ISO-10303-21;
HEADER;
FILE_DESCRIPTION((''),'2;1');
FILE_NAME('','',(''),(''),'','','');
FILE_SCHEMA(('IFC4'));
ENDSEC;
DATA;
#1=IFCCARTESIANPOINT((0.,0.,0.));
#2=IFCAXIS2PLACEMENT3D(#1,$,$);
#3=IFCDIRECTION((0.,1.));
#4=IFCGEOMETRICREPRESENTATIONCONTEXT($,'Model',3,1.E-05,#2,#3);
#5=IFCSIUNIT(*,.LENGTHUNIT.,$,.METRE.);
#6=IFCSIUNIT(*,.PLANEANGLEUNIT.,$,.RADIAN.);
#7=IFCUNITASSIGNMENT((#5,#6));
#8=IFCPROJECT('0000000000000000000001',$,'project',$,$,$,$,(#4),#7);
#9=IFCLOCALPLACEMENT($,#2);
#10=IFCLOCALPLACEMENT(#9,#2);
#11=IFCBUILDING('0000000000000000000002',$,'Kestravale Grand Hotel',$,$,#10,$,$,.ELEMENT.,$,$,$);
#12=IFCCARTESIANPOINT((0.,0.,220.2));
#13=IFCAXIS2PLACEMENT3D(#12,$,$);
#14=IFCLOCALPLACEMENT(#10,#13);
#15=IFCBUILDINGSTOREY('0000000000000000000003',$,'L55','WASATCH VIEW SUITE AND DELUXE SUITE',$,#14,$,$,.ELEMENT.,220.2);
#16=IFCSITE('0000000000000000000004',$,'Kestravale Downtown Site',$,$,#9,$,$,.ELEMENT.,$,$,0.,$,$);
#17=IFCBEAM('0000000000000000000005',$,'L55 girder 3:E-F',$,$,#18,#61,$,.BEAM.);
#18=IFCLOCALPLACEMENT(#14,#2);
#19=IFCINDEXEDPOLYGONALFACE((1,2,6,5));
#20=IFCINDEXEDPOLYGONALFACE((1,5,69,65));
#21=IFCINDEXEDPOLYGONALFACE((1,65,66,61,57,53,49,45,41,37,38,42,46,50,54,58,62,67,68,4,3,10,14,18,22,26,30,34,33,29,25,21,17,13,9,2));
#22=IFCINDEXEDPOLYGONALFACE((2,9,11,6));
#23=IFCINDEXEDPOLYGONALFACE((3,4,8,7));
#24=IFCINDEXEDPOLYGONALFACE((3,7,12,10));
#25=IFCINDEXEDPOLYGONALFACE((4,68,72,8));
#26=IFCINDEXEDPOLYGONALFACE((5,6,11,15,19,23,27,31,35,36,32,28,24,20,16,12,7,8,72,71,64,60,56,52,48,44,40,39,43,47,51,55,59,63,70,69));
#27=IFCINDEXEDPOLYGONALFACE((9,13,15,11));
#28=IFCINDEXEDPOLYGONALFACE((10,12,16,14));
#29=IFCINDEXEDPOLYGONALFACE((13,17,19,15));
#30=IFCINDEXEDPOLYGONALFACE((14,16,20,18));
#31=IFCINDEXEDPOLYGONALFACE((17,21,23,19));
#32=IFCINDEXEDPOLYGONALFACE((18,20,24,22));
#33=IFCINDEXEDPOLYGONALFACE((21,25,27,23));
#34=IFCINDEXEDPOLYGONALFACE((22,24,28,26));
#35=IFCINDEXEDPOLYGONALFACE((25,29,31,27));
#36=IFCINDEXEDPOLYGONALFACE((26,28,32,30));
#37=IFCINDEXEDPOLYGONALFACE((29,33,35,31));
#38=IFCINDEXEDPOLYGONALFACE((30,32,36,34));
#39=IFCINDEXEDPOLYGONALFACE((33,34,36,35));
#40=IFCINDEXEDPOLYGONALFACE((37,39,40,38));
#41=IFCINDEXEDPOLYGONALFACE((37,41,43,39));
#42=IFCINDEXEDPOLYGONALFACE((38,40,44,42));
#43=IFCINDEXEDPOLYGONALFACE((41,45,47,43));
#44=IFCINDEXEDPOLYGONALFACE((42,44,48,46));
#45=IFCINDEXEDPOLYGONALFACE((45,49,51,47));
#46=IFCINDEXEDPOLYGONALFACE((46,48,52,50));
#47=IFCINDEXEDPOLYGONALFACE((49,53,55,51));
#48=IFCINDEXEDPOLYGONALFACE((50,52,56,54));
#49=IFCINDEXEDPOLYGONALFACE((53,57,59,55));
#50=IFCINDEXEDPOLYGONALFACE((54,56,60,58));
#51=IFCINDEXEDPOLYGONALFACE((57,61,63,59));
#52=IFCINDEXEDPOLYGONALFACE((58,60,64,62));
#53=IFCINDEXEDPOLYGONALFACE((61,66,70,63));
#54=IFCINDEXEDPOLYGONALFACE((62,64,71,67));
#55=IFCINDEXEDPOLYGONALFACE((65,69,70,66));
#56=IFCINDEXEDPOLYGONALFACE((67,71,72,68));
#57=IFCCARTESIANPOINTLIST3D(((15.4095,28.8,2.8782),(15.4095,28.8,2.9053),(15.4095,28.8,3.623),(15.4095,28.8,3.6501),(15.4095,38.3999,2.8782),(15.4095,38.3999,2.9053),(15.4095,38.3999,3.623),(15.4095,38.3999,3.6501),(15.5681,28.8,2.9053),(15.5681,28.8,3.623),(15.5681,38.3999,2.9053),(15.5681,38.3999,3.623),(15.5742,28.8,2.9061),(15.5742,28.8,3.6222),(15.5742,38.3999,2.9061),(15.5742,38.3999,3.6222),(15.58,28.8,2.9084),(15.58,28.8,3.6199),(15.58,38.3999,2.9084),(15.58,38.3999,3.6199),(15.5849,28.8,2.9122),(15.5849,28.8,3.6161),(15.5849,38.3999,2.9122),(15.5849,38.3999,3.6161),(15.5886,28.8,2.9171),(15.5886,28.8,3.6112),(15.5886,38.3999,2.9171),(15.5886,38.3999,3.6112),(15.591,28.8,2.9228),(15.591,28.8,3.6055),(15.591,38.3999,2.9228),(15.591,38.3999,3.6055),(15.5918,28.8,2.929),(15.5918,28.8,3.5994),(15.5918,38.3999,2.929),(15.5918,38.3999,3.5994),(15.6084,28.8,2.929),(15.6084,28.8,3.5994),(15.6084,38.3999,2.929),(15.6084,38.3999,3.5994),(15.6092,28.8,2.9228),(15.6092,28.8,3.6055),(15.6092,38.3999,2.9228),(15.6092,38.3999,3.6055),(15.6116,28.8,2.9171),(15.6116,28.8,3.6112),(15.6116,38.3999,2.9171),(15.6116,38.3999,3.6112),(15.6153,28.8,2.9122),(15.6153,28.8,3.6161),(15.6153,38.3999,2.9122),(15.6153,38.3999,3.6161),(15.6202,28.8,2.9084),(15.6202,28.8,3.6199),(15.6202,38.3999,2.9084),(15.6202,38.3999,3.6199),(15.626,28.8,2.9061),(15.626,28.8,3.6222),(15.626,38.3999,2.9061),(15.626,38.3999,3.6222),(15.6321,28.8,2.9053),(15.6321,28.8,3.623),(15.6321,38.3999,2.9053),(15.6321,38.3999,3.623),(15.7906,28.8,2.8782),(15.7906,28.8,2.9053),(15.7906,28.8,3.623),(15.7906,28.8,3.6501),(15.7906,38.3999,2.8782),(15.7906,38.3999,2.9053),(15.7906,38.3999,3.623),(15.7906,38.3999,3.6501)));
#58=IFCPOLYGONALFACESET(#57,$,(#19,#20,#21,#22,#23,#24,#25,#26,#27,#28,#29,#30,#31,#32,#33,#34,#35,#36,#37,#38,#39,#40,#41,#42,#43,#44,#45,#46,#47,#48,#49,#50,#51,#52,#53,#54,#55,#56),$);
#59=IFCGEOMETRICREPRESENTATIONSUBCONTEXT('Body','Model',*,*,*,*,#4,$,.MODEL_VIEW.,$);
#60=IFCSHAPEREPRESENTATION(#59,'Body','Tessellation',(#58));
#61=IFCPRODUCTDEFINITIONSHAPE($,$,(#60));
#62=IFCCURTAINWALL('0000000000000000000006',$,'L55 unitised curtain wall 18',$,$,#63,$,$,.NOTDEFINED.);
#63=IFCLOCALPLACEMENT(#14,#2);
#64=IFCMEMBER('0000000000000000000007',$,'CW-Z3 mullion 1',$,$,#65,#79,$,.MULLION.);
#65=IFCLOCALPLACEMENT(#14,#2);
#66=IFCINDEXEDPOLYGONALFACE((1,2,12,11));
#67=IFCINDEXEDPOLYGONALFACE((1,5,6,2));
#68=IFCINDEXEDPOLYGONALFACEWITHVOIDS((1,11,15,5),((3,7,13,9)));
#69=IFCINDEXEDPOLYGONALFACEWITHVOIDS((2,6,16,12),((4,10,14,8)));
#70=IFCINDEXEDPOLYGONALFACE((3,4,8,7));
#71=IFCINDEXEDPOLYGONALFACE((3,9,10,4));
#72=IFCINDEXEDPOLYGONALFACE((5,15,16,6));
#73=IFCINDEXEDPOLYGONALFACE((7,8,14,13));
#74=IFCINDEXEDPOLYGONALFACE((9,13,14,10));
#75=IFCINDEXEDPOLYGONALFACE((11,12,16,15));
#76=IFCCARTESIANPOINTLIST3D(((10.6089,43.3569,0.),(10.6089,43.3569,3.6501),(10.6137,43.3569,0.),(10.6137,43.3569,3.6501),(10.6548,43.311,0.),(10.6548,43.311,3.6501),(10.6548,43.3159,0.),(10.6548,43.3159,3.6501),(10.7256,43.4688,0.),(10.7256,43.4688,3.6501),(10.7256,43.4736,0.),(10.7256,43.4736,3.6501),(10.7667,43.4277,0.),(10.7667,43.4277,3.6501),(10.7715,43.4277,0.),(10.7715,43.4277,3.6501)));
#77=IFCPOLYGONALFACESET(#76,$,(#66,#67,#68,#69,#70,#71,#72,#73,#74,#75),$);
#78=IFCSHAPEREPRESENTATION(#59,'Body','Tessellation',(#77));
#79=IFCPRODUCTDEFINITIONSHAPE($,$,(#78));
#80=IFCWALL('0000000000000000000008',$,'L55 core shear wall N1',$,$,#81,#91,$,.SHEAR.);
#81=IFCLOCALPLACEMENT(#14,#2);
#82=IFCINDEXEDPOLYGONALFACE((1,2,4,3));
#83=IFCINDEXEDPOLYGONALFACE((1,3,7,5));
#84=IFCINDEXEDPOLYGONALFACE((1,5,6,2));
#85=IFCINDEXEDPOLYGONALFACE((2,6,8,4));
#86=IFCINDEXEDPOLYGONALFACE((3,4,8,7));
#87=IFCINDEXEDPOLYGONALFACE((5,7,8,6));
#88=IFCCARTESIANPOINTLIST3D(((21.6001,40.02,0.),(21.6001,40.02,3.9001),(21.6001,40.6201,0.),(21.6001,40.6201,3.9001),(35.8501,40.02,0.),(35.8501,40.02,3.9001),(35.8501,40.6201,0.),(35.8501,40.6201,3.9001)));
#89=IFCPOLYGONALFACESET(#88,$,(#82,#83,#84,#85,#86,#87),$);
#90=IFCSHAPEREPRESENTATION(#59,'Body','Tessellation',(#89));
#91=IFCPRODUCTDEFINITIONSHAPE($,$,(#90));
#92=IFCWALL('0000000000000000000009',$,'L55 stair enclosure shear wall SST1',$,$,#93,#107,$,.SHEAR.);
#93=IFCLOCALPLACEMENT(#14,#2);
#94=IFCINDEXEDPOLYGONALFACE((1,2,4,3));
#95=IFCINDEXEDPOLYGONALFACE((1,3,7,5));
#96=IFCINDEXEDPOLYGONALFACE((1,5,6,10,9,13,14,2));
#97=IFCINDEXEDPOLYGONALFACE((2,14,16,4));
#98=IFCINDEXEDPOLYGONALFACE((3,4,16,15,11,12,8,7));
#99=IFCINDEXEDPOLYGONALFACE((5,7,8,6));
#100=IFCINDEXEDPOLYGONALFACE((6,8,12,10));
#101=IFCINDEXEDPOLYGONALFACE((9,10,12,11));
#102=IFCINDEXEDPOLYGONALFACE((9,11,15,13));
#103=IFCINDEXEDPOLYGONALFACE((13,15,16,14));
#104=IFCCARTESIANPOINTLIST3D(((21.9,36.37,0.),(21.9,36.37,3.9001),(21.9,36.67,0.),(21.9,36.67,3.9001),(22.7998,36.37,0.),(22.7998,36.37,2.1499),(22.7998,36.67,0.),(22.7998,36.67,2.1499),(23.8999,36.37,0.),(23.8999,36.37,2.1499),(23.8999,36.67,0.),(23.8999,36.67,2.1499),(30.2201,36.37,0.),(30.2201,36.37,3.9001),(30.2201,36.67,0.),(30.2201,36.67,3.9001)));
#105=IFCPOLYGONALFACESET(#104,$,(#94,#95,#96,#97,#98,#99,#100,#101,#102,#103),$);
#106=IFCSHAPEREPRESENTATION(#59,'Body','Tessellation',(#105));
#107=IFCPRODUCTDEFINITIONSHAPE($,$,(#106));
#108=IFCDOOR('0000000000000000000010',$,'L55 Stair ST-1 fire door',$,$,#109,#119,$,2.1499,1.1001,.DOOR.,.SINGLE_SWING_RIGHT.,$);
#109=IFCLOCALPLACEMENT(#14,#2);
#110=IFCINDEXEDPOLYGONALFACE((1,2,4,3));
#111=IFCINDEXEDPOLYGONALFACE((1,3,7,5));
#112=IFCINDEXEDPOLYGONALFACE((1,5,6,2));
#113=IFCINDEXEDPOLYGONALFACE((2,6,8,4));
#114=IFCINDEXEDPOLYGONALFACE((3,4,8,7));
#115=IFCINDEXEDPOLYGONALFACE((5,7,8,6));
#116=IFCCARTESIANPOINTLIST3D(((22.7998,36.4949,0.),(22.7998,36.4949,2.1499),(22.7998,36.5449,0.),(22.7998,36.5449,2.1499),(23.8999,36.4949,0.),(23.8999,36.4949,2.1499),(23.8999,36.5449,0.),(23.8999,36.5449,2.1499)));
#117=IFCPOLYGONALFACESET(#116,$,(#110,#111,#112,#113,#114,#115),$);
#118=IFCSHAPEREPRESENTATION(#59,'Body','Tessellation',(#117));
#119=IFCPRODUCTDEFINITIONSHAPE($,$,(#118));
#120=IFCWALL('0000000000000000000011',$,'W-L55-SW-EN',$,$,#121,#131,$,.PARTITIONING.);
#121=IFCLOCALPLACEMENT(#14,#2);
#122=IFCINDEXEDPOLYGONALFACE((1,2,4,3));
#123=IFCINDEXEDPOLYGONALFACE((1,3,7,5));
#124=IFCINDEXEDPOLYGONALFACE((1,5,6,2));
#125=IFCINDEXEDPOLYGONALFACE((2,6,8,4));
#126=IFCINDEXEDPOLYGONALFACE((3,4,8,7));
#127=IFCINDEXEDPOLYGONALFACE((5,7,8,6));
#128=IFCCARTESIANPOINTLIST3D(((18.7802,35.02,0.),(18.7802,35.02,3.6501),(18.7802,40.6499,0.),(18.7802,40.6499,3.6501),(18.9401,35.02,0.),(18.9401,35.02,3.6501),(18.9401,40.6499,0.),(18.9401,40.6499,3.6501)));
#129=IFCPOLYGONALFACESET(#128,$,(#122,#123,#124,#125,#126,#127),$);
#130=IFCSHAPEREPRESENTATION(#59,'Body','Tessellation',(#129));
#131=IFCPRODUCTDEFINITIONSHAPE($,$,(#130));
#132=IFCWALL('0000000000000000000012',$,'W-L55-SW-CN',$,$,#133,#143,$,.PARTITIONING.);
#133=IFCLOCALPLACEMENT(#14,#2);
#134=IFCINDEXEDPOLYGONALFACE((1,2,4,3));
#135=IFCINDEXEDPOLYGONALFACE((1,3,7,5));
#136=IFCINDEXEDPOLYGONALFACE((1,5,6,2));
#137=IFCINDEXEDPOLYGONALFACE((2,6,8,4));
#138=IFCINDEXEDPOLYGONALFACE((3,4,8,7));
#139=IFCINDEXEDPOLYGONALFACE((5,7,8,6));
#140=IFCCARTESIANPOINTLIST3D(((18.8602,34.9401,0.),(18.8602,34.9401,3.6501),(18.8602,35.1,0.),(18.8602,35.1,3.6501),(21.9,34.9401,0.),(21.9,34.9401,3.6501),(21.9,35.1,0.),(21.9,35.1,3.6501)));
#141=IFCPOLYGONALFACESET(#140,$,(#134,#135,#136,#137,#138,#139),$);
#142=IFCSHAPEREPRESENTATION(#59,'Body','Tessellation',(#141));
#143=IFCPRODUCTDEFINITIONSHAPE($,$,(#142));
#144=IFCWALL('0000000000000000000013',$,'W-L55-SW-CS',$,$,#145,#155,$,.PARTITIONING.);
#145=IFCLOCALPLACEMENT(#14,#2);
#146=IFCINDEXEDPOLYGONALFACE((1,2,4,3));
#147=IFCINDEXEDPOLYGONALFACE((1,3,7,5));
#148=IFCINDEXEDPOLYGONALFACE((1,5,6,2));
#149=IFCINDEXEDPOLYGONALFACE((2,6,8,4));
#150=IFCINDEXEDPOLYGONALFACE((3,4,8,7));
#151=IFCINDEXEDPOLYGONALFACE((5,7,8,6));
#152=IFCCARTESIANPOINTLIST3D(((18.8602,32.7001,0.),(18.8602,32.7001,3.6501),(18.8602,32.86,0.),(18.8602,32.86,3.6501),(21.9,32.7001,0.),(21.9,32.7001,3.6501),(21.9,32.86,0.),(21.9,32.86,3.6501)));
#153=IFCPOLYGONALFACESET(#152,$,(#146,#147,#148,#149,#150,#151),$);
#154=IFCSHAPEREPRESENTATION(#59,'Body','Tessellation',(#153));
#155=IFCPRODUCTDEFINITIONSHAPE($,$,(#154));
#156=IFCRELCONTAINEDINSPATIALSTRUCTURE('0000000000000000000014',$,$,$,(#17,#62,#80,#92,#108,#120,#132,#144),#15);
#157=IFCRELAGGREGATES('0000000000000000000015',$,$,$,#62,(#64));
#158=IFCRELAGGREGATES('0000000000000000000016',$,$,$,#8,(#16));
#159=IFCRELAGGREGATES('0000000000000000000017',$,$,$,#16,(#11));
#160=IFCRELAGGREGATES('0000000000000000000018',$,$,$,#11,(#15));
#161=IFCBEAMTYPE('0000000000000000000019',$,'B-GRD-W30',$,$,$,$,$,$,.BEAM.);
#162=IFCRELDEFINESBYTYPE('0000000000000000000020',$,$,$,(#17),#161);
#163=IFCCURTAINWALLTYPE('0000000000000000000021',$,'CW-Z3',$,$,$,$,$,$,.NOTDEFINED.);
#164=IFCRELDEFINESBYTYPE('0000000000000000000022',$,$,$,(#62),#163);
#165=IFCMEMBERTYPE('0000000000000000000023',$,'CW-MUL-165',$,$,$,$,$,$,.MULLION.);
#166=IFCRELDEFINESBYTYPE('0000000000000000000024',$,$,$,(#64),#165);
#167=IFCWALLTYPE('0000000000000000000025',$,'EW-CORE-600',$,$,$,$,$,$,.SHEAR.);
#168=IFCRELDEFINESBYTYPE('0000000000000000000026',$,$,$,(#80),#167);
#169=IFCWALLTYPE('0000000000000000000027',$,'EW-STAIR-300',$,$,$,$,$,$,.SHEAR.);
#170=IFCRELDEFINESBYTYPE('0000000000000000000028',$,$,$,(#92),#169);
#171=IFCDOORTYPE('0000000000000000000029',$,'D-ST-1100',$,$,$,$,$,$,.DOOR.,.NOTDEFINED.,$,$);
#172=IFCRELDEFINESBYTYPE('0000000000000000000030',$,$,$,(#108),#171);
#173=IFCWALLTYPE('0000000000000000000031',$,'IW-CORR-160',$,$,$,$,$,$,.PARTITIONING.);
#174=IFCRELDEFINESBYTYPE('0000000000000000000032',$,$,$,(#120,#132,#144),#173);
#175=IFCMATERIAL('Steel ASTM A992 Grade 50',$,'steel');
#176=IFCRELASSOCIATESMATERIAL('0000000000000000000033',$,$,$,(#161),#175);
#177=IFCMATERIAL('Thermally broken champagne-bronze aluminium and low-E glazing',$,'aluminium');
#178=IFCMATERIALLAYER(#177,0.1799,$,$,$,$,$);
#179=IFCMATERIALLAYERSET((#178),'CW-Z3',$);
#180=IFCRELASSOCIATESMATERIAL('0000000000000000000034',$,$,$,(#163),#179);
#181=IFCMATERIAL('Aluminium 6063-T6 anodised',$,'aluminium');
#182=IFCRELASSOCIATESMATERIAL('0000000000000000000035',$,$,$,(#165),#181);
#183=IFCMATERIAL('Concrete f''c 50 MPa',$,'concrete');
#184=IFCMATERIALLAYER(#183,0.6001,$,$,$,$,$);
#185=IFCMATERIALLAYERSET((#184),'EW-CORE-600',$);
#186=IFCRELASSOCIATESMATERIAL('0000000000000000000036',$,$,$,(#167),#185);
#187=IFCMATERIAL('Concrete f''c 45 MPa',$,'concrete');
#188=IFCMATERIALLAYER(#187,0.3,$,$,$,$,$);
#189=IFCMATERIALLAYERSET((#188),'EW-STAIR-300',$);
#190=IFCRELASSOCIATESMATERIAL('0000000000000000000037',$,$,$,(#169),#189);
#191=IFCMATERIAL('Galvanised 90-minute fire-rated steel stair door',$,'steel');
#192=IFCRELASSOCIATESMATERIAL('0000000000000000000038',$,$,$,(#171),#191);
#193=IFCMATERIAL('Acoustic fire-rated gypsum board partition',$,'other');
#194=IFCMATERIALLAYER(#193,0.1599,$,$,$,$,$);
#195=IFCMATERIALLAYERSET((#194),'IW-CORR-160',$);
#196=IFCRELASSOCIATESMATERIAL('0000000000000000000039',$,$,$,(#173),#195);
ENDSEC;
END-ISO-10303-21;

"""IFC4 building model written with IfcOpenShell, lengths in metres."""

from ifc_helpers import new_model, si_unit, direction, frame, frame_2d, origin, origin_2d, place, context, subcontext, project, spatial, rectangle, hollow_rectangle, i_section, extrude, material, layer, layer_set, material_profile, profile_set, type_object, element, fill, aggregate, save


model = new_model("IFC4")

# Units and contexts
model_context = context("Model", 3, precision=1e-05, world=origin(), true_north=direction((0.0, 1.0)))
body_context = subcontext(model_context, "Body", "Model", "MODEL_VIEW")
ifc_project = project(units=[si_unit("LENGTHUNIT", "METRE"), si_unit("PLANEANGLEUNIT", "RADIAN")], contexts=[model_context])

# Site, building, storey
site_placement = place(None, origin())
site = spatial("IfcSite", under=ifc_project, at=site_placement, Name="Kestravale Downtown Site", CompositionType="ELEMENT", RefElevation=0.0)
building_placement = place(site_placement, origin())
building = spatial("IfcBuilding", under=site, at=building_placement, Name="Kestravale Grand Hotel", CompositionType="ELEMENT")
storey_placement = place(building_placement, frame((0.0, 0.0, 220.2)))
storey = spatial("IfcBuildingStorey", under=building, at=storey_placement, Name="L55", Description="WASATCH VIEW SUITE AND DELUXE SUITE", CompositionType="ELEMENT", Elevation=220.2)

# Beam
ifc_material_1 = material(Name="Steel ASTM A992 Grade 50", Category="steel")
ifc_material_profile_1 = material_profile(ifc_material_1, i_section(OverallWidth=0.3811, OverallDepth=0.772, WebThickness=0.0166, FlangeThickness=0.0271, FilletRadius=0.0237, at=origin_2d()))
ifc_profile_set_1 = profile_set([ifc_material_profile_1], Name="Steel ASTM A992 Grade 50")
beam_type_1 = type_object("IfcBeamType", Name="B-GRD-W30", PredefinedType="BEAM", material=ifc_profile_set_1)
beam_1_placement = place(storey_placement, frame((15.6001, 28.8, 3.2642), z_axis=(0.0, 1.0, 0.0), x_axis=(-1.0, 0.0, 0.0)))
element("IfcBeam", 1, at=beam_1_placement, inside=storey, type_object=beam_type_1, Name="L55 girder 3:E-F", PredefinedType="BEAM", context=body_context, shape_type="SweptSolid", body=[
    extrude(i_section(OverallWidth=0.3811, OverallDepth=0.772, WebThickness=0.0166, FlangeThickness=0.0271, FilletRadius=0.0237, at=origin_2d()), origin(), (0.0, 0.0, 1.0), 9.5999),
])

# Curtain wall, member
ifc_material_2 = material(Name="Thermally broken champagne-bronze aluminium and low-E glazing", Category="aluminium")
ifc_layer_1 = layer(ifc_material_2, 0.1799)
ifc_layer_set_1 = layer_set([ifc_layer_1], Name="CW-Z3")
curtain_wall_type = type_object("IfcCurtainWallType", Name="CW-Z3", PredefinedType="NOTDEFINED", material=ifc_layer_set_1)
curtain_wall_placement = place(storey_placement, origin())
curtain_wall = element("IfcCurtainWall", 2, at=curtain_wall_placement, inside=storey, type_object=curtain_wall_type, Name="L55 unitised curtain wall 18", PredefinedType="NOTDEFINED")
ifc_material_3 = material(Name="Aluminium 6063-T6 anodised", Category="aluminium")
ifc_material_profile_2 = material_profile(ifc_material_3, hollow_rectangle(XDim=0.0649, YDim=0.165, WallThickness=0.0034, at=origin_2d()))
ifc_profile_set_2 = profile_set([ifc_material_profile_2], Name="Aluminium 6063-T6 anodised")
member_type = type_object("IfcMemberType", Name="CW-MUL-165", PredefinedType="MULLION", material=ifc_profile_set_2)
member_placement = place(storey_placement, frame((10.6902, 43.3923, 0.0), z_axis=(0.0, 0.0, 1.0), x_axis=(0.707107, -0.707107, 0.0)))
member = element("IfcMember", 3, at=member_placement, type_object=member_type, Name="CW-Z3 mullion 1", PredefinedType="MULLION", context=body_context, shape_type="SweptSolid", body=[
    extrude(hollow_rectangle(XDim=0.0649, YDim=0.165, WallThickness=0.0034, at=origin_2d()), origin(), (0.0, 0.0, 1.0), 3.6501),
])
aggregate(curtain_wall, [member])

# Wall
ifc_material_4 = material(Name="Concrete f'c 50 MPa", Category="concrete")
ifc_layer_2 = layer(ifc_material_4, 0.6001)
ifc_layer_set_2 = layer_set([ifc_layer_2], Name="EW-CORE-600")
wall_type_1 = type_object("IfcWallType", Name="EW-CORE-600", PredefinedType="SHEAR", material=ifc_layer_set_2)
wall_1_placement = place(storey_placement, frame((21.6001, 40.3201, 0.0), z_axis=(0.0, 0.0, 1.0), x_axis=(1.0, 0.0, 0.0)))
element("IfcWall", 4, at=wall_1_placement, inside=storey, type_object=wall_type_1, Name="L55 core shear wall N1", PredefinedType="SHEAR", context=body_context, shape_type="SweptSolid", body=[
    extrude(rectangle(XDim=14.25, YDim=0.6001, at=frame_2d((7.125, 0.0))), origin(), (0.0, 0.0, 1.0), 3.9001),
])

# Wall, opening, door
ifc_material_5 = material(Name="Concrete f'c 45 MPa", Category="concrete")
ifc_layer_3 = layer(ifc_material_5, 0.3)
ifc_layer_set_3 = layer_set([ifc_layer_3], Name="EW-STAIR-300")
wall_type_2 = type_object("IfcWallType", Name="EW-STAIR-300", PredefinedType="SHEAR", material=ifc_layer_set_3)
wall_2_placement = place(storey_placement, frame((21.8999, 36.52, 0.0), z_axis=(0.0, 0.0, 1.0), x_axis=(1.0, 0.0, 0.0)))
wall_2 = element("IfcWall", 5, at=wall_2_placement, inside=storey, type_object=wall_type_2, Name="L55 stair enclosure shear wall SST1", PredefinedType="SHEAR", context=body_context, shape_type="SweptSolid", body=[
    extrude(rectangle(XDim=8.3201, YDim=0.3, at=frame_2d((4.1602, 0.0))), origin(), (0.0, 0.0, 1.0), 3.9001),
])
opening_1_placement = place(wall_2_placement, frame((0.8999, 0.0, 0.0)))
opening_1 = element("IfcOpeningElement", 6, at=opening_1_placement, cuts=wall_2, PredefinedType="OPENING", context=body_context, shape_type="SweptSolid", body=[
    extrude(rectangle(XDim=1.1001, YDim=2.1499, at=frame_2d((0.55, 1.075))), frame((0.0, 0.1599, 0.0), z_axis=(0.0, -1.0, 0.0), x_axis=(1.0, 0.0, 0.0)), (0.0, 0.0, 1.0), 0.3201),
])
ifc_material_6 = material(Name="Galvanised 90-minute fire-rated steel stair door", Category="steel")
door_type_1 = type_object("IfcDoorType", Name="D-ST-1100", OperationType="NOTDEFINED", PredefinedType="DOOR", material=ifc_material_6)
door_1_placement = place(opening_1_placement, origin())
door_1 = element("IfcDoor", 7, at=door_1_placement, inside=storey, type_object=door_type_1, Name="L55 Stair ST-1 fire door", OperationType="SINGLE_SWING_RIGHT", OverallHeight=2.1499, OverallWidth=1.1001, PredefinedType="DOOR", context=body_context, shape_type="SweptSolid", body=[
    extrude(rectangle(XDim=1.1001, YDim=2.1499, at=frame_2d((0.55, 1.075))), frame((0.0, 0.0249, 0.0), z_axis=(0.0, -1.0, 0.0), x_axis=(1.0, 0.0, 0.0)), (0.0, 0.0, 1.0), 0.05),
])
fill(opening_1, door_1)

# Walls
ifc_material_7 = material(Name="Acoustic fire-rated gypsum board partition", Category="other")
ifc_layer_4 = layer(ifc_material_7, 0.1599)
ifc_layer_set_4 = layer_set([ifc_layer_4], Name="IW-CORR-160")
wall_type_3 = type_object("IfcWallType", Name="IW-CORR-160", PredefinedType="PARTITIONING", material=ifc_layer_set_4)
wall_3_placement = place(storey_placement, frame((18.8601, 35.02, 0.0), z_axis=(0.0, 0.0, 1.0), x_axis=(0.0, 1.0, 0.0)))
element("IfcWall", 8, at=wall_3_placement, inside=storey, type_object=wall_type_3, Name="W-L55-SW-EN", PredefinedType="PARTITIONING", context=body_context, shape_type="SweptSolid", body=[
    extrude(rectangle(XDim=5.6299, YDim=0.1599, at=frame_2d((2.8149, 0.0))), origin(), (0.0, 0.0, 1.0), 3.6501),
])
for number, where, z_axis, x_axis, name in (
    (9, (18.8601, 35.02, 0.0), (0.0, 0.0, 1.0), (1.0, 0.0, 0.0), "W-L55-SW-CN"),
    (10, (18.8601, 32.78, 0.0), (0.0, 0.0, 1.0), (1.0, 0.0, 0.0), "W-L55-SW-CS"),
):
    element("IfcWall", number, at=place(storey_placement, frame(where, z_axis=z_axis, x_axis=x_axis)), inside=storey, type_object=wall_type_3, Name=name, PredefinedType="PARTITIONING", context=body_context, shape_type="SweptSolid", body=[
        extrude(rectangle(XDim=3.0398, YDim=0.1599, at=frame_2d((1.52, 0.0))), origin(), (0.0, 0.0, 1.0), 3.6501),
    ])

save(model, "model.ifc")
